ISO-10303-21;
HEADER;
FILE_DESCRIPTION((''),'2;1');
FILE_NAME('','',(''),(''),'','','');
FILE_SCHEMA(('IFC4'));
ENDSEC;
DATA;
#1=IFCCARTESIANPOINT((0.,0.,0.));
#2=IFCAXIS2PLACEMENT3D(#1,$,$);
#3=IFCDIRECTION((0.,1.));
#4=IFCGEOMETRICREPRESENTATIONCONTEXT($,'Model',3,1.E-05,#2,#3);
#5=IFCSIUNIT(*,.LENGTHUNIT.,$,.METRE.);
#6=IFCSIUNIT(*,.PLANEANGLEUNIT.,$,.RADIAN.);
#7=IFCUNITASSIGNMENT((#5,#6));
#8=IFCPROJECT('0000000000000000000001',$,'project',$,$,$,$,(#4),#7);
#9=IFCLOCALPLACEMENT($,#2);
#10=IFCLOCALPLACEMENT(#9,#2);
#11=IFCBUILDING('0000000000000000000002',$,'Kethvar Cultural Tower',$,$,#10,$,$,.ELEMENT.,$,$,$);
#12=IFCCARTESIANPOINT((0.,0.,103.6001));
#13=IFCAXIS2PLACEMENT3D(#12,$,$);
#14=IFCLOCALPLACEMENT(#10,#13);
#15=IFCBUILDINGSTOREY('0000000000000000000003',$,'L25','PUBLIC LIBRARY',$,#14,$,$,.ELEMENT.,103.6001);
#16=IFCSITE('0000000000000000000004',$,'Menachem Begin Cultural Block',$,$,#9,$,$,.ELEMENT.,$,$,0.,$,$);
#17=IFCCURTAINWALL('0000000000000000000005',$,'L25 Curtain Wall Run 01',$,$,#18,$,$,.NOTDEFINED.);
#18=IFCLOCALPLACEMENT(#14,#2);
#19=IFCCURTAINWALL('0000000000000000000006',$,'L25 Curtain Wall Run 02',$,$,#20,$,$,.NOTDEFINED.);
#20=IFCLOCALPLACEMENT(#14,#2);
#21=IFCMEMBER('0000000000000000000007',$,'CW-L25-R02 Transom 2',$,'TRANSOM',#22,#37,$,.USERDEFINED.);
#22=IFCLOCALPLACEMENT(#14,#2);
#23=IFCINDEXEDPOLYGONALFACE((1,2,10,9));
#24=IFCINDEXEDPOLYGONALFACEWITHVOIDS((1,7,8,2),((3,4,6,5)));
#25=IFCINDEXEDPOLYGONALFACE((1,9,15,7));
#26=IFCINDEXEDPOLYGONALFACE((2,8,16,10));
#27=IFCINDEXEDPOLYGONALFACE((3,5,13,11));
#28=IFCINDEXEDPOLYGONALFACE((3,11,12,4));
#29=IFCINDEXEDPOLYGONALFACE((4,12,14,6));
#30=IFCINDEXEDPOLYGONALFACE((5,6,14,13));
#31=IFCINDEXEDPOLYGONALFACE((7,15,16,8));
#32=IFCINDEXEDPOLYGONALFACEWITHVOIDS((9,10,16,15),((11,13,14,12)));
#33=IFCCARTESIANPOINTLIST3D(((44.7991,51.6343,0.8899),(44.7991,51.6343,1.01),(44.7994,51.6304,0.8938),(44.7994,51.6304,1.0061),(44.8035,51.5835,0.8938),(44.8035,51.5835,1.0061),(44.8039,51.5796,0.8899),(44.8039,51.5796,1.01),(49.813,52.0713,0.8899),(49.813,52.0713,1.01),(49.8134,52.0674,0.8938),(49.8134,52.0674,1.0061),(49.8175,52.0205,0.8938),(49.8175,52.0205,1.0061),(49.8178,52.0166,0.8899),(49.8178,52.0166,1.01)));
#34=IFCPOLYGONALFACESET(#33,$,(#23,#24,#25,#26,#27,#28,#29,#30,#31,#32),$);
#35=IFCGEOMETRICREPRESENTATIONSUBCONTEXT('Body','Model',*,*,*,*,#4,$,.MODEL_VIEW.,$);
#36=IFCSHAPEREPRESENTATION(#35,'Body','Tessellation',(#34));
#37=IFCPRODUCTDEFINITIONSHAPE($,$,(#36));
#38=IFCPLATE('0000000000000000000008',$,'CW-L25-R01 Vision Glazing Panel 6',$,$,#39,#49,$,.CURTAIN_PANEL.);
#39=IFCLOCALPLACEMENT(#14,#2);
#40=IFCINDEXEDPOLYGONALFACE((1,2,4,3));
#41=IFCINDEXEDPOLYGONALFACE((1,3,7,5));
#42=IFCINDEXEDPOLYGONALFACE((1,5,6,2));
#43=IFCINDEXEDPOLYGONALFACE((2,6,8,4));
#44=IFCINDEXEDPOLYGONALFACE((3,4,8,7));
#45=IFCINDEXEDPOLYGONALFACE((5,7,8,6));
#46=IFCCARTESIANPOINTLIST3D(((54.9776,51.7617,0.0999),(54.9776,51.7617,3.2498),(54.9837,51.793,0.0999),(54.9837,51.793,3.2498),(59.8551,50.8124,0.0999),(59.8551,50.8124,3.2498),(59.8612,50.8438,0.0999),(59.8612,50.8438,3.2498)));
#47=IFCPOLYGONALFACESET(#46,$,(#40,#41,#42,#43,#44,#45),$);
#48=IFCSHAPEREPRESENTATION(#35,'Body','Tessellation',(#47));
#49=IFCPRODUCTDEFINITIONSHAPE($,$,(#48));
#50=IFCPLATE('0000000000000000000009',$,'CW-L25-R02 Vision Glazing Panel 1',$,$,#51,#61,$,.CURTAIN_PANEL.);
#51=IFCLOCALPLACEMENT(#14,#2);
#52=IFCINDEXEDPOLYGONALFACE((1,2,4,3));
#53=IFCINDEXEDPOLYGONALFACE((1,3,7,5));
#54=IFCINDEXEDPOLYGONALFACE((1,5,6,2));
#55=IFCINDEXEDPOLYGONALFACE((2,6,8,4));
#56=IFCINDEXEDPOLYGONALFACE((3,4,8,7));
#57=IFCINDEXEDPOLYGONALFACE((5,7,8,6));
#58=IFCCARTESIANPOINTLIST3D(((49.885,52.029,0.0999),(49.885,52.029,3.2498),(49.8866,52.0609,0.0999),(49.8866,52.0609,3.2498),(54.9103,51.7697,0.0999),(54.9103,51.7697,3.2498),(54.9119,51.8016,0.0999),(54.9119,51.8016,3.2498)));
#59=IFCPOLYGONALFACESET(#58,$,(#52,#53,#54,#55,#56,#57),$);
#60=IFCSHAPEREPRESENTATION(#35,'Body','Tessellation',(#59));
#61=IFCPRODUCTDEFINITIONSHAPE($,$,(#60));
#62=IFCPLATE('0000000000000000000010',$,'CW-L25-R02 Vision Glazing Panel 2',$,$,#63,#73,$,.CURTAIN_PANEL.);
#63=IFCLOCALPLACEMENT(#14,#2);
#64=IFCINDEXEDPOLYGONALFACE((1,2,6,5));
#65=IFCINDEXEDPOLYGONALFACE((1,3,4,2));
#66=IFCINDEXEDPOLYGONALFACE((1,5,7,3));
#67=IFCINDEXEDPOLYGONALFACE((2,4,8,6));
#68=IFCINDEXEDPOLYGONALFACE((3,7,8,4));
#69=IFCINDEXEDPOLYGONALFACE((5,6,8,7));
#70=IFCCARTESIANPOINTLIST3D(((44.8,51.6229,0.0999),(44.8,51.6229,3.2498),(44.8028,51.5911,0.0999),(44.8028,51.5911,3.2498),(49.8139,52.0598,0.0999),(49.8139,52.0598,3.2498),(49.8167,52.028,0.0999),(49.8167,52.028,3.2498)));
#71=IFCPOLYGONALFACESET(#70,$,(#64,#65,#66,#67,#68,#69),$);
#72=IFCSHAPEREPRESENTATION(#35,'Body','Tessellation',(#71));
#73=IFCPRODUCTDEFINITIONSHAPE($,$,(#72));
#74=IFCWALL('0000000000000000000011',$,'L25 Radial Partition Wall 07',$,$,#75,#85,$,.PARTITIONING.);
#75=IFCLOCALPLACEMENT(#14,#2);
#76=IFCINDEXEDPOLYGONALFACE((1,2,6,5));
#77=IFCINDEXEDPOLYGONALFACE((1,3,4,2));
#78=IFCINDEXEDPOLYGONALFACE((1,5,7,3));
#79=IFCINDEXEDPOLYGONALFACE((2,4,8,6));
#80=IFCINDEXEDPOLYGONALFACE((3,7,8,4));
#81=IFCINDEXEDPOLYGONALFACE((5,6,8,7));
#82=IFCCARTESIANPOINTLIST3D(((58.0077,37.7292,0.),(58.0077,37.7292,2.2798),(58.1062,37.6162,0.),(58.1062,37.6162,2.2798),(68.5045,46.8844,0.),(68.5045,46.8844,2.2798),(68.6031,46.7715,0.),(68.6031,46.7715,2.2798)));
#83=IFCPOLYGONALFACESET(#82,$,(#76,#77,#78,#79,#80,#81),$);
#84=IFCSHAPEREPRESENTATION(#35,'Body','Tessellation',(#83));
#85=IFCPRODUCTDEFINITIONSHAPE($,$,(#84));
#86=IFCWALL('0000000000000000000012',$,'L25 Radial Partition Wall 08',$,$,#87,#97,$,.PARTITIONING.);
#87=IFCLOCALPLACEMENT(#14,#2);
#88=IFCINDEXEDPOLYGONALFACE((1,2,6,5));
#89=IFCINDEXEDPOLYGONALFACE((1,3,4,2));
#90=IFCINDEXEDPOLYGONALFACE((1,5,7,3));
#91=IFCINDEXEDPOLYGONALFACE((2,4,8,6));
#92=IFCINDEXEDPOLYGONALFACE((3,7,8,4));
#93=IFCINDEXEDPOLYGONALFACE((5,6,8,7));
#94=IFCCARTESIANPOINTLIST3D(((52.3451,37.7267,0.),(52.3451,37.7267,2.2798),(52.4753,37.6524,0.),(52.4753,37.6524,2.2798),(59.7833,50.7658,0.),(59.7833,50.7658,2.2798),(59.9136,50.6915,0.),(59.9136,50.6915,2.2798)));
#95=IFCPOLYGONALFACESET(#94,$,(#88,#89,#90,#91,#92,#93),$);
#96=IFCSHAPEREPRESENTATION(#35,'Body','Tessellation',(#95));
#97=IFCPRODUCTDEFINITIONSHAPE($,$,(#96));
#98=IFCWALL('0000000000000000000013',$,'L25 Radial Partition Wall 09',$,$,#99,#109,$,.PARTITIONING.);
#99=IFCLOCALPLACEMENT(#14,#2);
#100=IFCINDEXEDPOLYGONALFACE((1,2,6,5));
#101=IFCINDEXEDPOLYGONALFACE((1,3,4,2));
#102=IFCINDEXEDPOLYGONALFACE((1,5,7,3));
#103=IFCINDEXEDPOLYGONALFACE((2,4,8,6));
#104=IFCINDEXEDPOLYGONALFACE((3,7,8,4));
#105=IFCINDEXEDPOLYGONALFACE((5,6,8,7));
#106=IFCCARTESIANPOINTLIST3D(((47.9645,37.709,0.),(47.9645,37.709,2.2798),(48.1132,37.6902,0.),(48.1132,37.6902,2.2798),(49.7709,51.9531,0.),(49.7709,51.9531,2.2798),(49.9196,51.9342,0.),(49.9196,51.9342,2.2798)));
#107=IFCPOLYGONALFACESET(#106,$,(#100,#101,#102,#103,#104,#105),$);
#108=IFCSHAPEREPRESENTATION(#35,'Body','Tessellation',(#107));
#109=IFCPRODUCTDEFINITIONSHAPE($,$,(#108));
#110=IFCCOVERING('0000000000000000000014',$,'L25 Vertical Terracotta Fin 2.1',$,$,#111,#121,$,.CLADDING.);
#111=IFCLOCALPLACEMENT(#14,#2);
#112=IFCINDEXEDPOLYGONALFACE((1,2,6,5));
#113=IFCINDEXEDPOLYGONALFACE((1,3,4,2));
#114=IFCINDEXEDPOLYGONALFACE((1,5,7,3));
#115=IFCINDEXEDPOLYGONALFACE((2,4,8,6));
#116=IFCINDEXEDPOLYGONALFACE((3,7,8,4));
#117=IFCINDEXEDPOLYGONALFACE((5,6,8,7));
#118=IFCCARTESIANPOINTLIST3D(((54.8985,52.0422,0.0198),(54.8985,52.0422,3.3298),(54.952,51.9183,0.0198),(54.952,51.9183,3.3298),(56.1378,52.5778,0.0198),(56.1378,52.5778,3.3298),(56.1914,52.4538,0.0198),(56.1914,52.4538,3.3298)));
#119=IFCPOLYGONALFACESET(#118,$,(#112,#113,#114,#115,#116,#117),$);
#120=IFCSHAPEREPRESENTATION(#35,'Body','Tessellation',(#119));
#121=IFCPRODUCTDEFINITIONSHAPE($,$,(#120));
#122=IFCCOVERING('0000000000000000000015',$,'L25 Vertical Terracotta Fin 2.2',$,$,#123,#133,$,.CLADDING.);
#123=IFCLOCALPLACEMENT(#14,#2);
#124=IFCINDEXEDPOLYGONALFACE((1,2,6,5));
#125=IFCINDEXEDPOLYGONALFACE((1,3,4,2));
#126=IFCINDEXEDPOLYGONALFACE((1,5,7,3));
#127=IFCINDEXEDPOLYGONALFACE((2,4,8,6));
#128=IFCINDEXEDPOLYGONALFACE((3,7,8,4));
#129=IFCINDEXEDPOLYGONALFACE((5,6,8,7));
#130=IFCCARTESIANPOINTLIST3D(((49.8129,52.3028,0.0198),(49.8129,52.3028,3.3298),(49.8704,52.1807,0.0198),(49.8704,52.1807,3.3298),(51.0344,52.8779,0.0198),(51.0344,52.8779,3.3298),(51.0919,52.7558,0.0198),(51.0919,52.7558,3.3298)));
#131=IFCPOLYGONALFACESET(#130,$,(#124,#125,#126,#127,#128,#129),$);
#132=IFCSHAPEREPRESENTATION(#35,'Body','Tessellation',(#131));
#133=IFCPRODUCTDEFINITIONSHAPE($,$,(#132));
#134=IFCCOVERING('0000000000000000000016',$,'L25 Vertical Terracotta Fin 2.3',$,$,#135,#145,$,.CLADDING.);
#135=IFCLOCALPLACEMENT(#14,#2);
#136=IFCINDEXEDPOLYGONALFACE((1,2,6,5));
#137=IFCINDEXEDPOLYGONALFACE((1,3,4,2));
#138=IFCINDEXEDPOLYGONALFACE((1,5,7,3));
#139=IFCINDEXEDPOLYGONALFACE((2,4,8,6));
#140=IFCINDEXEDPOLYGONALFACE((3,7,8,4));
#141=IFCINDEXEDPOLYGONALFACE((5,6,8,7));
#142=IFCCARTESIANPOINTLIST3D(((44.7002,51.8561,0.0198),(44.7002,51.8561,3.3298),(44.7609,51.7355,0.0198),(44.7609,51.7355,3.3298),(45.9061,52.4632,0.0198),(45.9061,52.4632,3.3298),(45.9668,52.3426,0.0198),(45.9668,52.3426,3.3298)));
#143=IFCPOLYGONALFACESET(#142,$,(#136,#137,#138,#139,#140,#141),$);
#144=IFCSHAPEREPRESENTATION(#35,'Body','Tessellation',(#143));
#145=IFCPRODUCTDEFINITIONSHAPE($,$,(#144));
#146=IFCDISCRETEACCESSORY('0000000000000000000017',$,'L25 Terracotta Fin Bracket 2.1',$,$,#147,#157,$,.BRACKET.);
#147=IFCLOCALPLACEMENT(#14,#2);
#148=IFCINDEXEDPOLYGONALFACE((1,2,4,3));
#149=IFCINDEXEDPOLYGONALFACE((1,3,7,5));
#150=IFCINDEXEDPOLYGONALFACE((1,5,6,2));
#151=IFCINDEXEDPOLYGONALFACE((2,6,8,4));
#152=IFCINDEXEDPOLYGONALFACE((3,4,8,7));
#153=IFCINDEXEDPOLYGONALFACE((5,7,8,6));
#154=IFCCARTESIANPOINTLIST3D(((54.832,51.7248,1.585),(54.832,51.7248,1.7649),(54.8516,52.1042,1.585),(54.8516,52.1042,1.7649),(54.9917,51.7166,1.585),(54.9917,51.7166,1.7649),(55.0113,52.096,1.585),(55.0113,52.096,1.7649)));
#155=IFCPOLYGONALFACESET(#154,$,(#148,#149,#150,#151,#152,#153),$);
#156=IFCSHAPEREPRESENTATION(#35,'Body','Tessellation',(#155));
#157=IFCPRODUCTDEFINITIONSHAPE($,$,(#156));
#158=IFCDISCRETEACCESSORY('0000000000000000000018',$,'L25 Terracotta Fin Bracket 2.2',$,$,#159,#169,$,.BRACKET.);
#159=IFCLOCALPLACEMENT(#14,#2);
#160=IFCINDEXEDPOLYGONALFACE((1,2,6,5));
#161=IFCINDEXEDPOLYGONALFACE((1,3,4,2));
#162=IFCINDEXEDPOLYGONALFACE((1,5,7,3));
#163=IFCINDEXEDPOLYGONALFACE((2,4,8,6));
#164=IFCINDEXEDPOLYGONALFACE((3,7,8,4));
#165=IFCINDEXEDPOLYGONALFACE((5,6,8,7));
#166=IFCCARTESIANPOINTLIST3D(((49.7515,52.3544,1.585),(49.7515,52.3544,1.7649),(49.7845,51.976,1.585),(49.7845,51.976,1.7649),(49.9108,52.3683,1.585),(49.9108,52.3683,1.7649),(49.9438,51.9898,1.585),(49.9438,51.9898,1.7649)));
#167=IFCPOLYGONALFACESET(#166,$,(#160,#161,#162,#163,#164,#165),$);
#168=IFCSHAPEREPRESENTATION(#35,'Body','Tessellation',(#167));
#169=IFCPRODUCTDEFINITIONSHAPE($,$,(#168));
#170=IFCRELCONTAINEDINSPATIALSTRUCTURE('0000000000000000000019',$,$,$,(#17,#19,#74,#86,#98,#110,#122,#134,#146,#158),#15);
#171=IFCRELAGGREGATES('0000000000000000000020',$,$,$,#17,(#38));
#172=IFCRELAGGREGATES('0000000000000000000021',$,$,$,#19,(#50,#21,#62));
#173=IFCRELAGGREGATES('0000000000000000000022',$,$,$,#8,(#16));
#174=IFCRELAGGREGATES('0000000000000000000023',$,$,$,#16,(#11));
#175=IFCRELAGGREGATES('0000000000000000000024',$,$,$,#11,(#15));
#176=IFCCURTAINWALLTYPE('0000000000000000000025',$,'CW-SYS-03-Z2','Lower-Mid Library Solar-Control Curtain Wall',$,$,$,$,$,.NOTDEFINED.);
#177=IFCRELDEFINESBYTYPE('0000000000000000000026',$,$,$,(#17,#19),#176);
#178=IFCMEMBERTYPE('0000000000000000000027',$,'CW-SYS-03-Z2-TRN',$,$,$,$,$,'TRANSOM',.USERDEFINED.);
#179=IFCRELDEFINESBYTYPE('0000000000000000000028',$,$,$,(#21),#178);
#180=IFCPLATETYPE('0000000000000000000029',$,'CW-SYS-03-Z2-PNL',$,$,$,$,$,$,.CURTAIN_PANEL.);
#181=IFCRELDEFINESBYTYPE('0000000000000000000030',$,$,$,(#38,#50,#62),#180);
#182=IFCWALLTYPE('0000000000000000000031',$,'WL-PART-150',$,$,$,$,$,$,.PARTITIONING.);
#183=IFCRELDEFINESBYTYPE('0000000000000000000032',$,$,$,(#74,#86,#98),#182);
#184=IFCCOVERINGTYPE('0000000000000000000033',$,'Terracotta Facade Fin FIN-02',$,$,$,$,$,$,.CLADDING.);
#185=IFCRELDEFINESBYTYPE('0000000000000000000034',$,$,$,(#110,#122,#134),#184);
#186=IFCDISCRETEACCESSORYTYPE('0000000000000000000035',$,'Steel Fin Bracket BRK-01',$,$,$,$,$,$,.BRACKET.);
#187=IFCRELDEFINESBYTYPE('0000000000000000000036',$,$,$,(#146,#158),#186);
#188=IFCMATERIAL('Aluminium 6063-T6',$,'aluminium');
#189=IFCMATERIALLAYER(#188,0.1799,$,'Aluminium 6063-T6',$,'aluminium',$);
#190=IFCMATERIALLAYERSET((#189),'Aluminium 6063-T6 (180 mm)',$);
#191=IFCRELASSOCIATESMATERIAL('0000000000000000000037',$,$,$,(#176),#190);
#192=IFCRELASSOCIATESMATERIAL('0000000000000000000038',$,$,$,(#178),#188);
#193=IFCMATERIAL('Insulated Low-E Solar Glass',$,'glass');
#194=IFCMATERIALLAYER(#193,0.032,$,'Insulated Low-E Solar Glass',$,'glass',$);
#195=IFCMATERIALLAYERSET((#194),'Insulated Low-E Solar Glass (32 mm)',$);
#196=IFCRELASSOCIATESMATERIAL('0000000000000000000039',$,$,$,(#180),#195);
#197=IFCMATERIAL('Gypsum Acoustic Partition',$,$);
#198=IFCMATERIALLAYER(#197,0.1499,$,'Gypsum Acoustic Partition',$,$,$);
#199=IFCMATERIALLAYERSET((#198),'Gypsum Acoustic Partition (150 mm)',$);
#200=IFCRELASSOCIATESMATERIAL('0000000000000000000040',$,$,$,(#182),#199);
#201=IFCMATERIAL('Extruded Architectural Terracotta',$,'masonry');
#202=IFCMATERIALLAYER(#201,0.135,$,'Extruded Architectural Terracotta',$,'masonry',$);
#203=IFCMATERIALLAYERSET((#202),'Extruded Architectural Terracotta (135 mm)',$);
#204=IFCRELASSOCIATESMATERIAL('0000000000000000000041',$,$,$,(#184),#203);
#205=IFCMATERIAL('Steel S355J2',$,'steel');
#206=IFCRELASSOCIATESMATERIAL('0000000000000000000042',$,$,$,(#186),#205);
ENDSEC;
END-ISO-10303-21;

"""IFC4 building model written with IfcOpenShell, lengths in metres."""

from ifc_helpers import new_model, si_unit, direction, frame, frame_2d, origin, origin_2d, place, context, subcontext, project, spatial, rectangle, hollow_rectangle, extrude, source, transform, mapped, material, layer, layer_set, material_profile, profile_set, type_object, element, aggregate, save


model = new_model("IFC4")

# Units and contexts
model_context = context("Model", 3, precision=1e-05, world=origin(), true_north=direction((0.0, 1.0)))
body_context = subcontext(model_context, "Body", "Model", "MODEL_VIEW")
ifc_project = project(units=[si_unit("LENGTHUNIT", "METRE"), si_unit("PLANEANGLEUNIT", "RADIAN")], contexts=[model_context])

# Site, building, storey
site_placement = place(None, origin())
site = spatial("IfcSite", under=ifc_project, at=site_placement, Name="Menachem Begin Cultural Block", CompositionType="ELEMENT", RefElevation=0.0)
building_placement = place(site_placement, origin())
building = spatial("IfcBuilding", under=site, at=building_placement, Name="Kethvar Cultural Tower", CompositionType="ELEMENT")
storey_placement = place(building_placement, frame((0.0, 0.0, 103.6001)))
storey = spatial("IfcBuildingStorey", under=building, at=storey_placement, Name="L25", Description="PUBLIC LIBRARY", CompositionType="ELEMENT", Elevation=103.6001)

# Shared definitions
ifc_material_1 = material(Name="Steel S355J2", Category="steel")

# Curtain wall
ifc_material_2 = material(Name="Aluminium 6063-T6", Category="aluminium")
ifc_layer_1 = layer(ifc_material_2, 0.1799, Name="Aluminium 6063-T6", Category="aluminium")
ifc_layer_set_1 = layer_set([ifc_layer_1], Name="Aluminium 6063-T6 (180 mm)")
curtain_wall_type = type_object("IfcCurtainWallType", Name="CW-SYS-03-Z2", Description="Lower-Mid Library Solar-Control Curtain Wall", PredefinedType="NOTDEFINED", material=ifc_layer_set_1)
curtain_wall_1_placement = place(storey_placement, origin())
curtain_wall_1 = element("IfcCurtainWall", 1, at=curtain_wall_1_placement, inside=storey, type_object=curtain_wall_type, Name="L25 Curtain Wall Run 01", PredefinedType="NOTDEFINED")

# Curtain wall, member
curtain_wall_2_placement = place(storey_placement, origin())
curtain_wall_2 = element("IfcCurtainWall", 2, at=curtain_wall_2_placement, inside=storey, type_object=curtain_wall_type, Name="L25 Curtain Wall Run 02", PredefinedType="NOTDEFINED")
ifc_material_profile_1 = material_profile(ifc_material_2, hollow_rectangle(XDim=0.0549, YDim=0.1201, WallThickness=0.0039, at=origin_2d()), Name="Aluminium 6063-T6 — RHS120x55x4")
ifc_profile_set_1 = profile_set([ifc_material_profile_1], Name="Aluminium 6063-T6 — RHS120x55x4")
member_type_1 = type_object("IfcMemberType", Name="CW-SYS-03-Z2-TRN", ElementType="TRANSOM", PredefinedType="USERDEFINED", material=ifc_profile_set_1)
shared_shape_1 = source(origin(), body_context, "Body", "SweptSolid", [
    extrude(hollow_rectangle(XDim=0.0549, YDim=0.1201, WallThickness=0.0039, at=origin_2d()), origin(), (0.0, 0.0, 1.0), 5.033),
])
member_1_placement = place(storey_placement, frame((49.8154, 52.0439, 0.95), z_axis=(-0.996223, -0.086831, 0.0), x_axis=(0.086831, -0.996223, 0.0)))
member_1 = element("IfcMember", 3, at=member_1_placement, type_object=member_type_1, Name="CW-L25-R02 Transom 2", ObjectType="TRANSOM", PredefinedType="USERDEFINED", context=body_context, shape_type="MappedRepresentation", body=[
    mapped(shared_shape_1, transform((0.0, 0.0, 0.0), scale=1.0)),
])

# Plates
ifc_material_3 = material(Name="Insulated Low-E Solar Glass", Category="glass")
ifc_layer_2 = layer(ifc_material_3, 0.032, Name="Insulated Low-E Solar Glass", Category="glass")
ifc_layer_set_2 = layer_set([ifc_layer_2], Name="Insulated Low-E Solar Glass (32 mm)")
plate_type = type_object("IfcPlateType", Name="CW-SYS-03-Z2-PNL", PredefinedType="CURTAIN_PANEL", material=ifc_layer_set_2)
shared_shape_2 = source(origin(), body_context, "Body", "SweptSolid", [
    extrude(rectangle(XDim=4.969, YDim=0.032, at=origin_2d()), origin(), (0.0, 0.0, 1.0), 3.1499),
])
plate_1_placement = place(storey_placement, frame((57.4194, 51.3027, 0.0999), z_axis=(0.0, 0.0, 1.0), x_axis=(-0.981584, 0.191032, 0.0)))
plate_1 = element("IfcPlate", 4, at=plate_1_placement, type_object=plate_type, Name="CW-L25-R01 Vision Glazing Panel 6", PredefinedType="CURTAIN_PANEL", context=body_context, shape_type="MappedRepresentation", body=[
    mapped(shared_shape_2, transform((0.0, 0.0, 0.0), scale=1.0)),
])
aggregate(curtain_wall_1, [plate_1])
shared_shape_3 = source(origin(), body_context, "Body", "SweptSolid", [
    extrude(rectangle(XDim=5.032, YDim=0.032, at=origin_2d()), origin(), (0.0, 0.0, 1.0), 3.1499),
])
plate_2_placement = place(storey_placement, frame((52.3984, 51.9153, 0.0999), z_axis=(0.0, 0.0, 1.0), x_axis=(-0.998671, 0.051534, 0.0)))
plate_2 = element("IfcPlate", 5, at=plate_2_placement, type_object=plate_type, Name="CW-L25-R02 Vision Glazing Panel 1", PredefinedType="CURTAIN_PANEL", context=body_context, shape_type="MappedRepresentation", body=[
    mapped(shared_shape_3, transform((0.0, 0.0, 0.0), scale=1.0)),
])
shared_shape_4 = source(origin(), body_context, "Body", "SweptSolid", [
    extrude(rectangle(XDim=5.033, YDim=0.032, at=origin_2d()), origin(), (0.0, 0.0, 1.0), 3.1499),
])
plate_3_placement = place(storey_placement, frame((47.3083, 51.8254, 0.0999), z_axis=(0.0, 0.0, 1.0), x_axis=(-0.996225, -0.086808, 0.0)))
plate_3 = element("IfcPlate", 6, at=plate_3_placement, type_object=plate_type, Name="CW-L25-R02 Vision Glazing Panel 2", PredefinedType="CURTAIN_PANEL", context=body_context, shape_type="MappedRepresentation", body=[
    mapped(shared_shape_4, transform((0.0, 0.0, 0.0), scale=1.0)),
])
aggregate(curtain_wall_2, [plate_2, member_1, plate_3])

# Walls
ifc_material_4 = material(Name="Gypsum Acoustic Partition")
ifc_layer_3 = layer(ifc_material_4, 0.1499, Name="Gypsum Acoustic Partition")
ifc_layer_set_3 = layer_set([ifc_layer_3], Name="Gypsum Acoustic Partition (150 mm)")
wall_type_1 = type_object("IfcWallType", Name="WL-PART-150", PredefinedType="PARTITIONING", material=ifc_layer_set_3)
wall_1_placement = place(storey_placement, frame((58.0569, 37.6726, 0.0), z_axis=(0.0, 0.0, 1.0), x_axis=(0.753624, 0.657306, 0.0)))
element("IfcWall", 7, at=wall_1_placement, inside=storey, type_object=wall_type_1, Name="L25 Radial Partition Wall 07", PredefinedType="PARTITIONING", context=body_context, shape_type="SweptSolid", body=[
    extrude(rectangle(XDim=13.9285, YDim=0.1499, at=frame_2d((6.9644, 0.0))), origin(), (0.0, 0.0, 1.0), 2.2798),
])
wall_2_placement = place(storey_placement, frame((52.4102, 37.6895, 0.0), z_axis=(0.0, 0.0, 1.0), x_axis=(0.495503, 0.868606, 0.0)))
element("IfcWall", 8, at=wall_2_placement, inside=storey, type_object=wall_type_1, Name="L25 Radial Partition Wall 08", PredefinedType="PARTITIONING", context=body_context, shape_type="SweptSolid", body=[
    extrude(rectangle(XDim=15.0115, YDim=0.1499, at=frame_2d((7.5059, 0.0))), origin(), (0.0, 0.0, 1.0), 2.2798),
])
wall_3_placement = place(storey_placement, frame((48.0388, 37.6995, 0.0), z_axis=(0.0, 0.0, 1.0), x_axis=(0.125809, 0.992054, 0.0)))
element("IfcWall", 9, at=wall_3_placement, inside=storey, type_object=wall_type_1, Name="L25 Radial Partition Wall 09", PredefinedType="PARTITIONING", context=body_context, shape_type="SweptSolid", body=[
    extrude(rectangle(XDim=14.3582, YDim=0.1499, at=frame_2d((7.1792, 0.0))), origin(), (0.0, 0.0, 1.0), 2.2798),
])

# Coverings
ifc_material_5 = material(Name="Extruded Architectural Terracotta", Category="masonry")
ifc_layer_4 = layer(ifc_material_5, 0.135, Name="Extruded Architectural Terracotta", Category="masonry")
ifc_layer_set_4 = layer_set([ifc_layer_4], Name="Extruded Architectural Terracotta (135 mm)")
covering_type = type_object("IfcCoveringType", Name="Terracotta Facade Fin FIN-02", PredefinedType="CLADDING", material=ifc_layer_set_4)
shared_shape_5 = source(origin(), body_context, "Body", "SweptSolid", [
    extrude(rectangle(XDim=1.3501, YDim=0.135, at=origin_2d()), origin(), (0.0, 0.0, 1.0), 3.3101),
])
for number, where, z_axis, x_axis, name in (
    (10, (55.5449, 52.248, 0.0198), (0.0, 0.0, 1.0), (0.917962, 0.396667, 0.0), "L25 Vertical Terracotta Fin 2.1"),
    (11, (50.4524, 52.5293, 0.0198), (0.0, 0.0, 1.0), (0.904753, 0.425937, 0.0), "L25 Vertical Terracotta Fin 2.2"),
    (12, (45.3335, 52.0994, 0.0198), (0.0, 0.0, 1.0), (0.893214, 0.449631, 0.0), "L25 Vertical Terracotta Fin 2.3"),
):
    element("IfcCovering", number, at=place(storey_placement, frame(where, z_axis=z_axis, x_axis=x_axis)), inside=storey, type_object=covering_type, Name=name, PredefinedType="CLADDING", context=body_context, shape_type="MappedRepresentation", body=[
        mapped(shared_shape_5, transform((0.0, 0.0, 0.0), scale=1.0)),
    ])

# Discrete accessories
discrete_accessory_type = type_object("IfcDiscreteAccessoryType", Name="Steel Fin Bracket BRK-01", PredefinedType="BRACKET", material=ifc_material_1)
shared_shape_6 = source(origin(), body_context, "Body", "SweptSolid", [
    extrude(rectangle(XDim=0.3799, YDim=0.1599, at=origin_2d()), origin(), (0.0, 0.0, 1.0), 0.1799),
])
for number, where, z_axis, x_axis, name in (
    (13, (54.9216, 51.9104, 1.585), (0.0, 0.0, 1.0), (0.051464, 0.998675, 0.0), "L25 Terracotta Fin Bracket 2.1"),
    (14, (49.8477, 52.1721, 1.585), (0.0, 0.0, 1.0), (-0.086808, 0.996225, 0.0), "L25 Terracotta Fin Bracket 2.2"),
):
    element("IfcDiscreteAccessory", number, at=place(storey_placement, frame(where, z_axis=z_axis, x_axis=x_axis)), inside=storey, type_object=discrete_accessory_type, Name=name, PredefinedType="BRACKET", context=body_context, shape_type="MappedRepresentation", body=[
        mapped(shared_shape_6, transform((0.0, 0.0, 0.0), scale=1.0)),
    ])

save(model, "model.ifc")
